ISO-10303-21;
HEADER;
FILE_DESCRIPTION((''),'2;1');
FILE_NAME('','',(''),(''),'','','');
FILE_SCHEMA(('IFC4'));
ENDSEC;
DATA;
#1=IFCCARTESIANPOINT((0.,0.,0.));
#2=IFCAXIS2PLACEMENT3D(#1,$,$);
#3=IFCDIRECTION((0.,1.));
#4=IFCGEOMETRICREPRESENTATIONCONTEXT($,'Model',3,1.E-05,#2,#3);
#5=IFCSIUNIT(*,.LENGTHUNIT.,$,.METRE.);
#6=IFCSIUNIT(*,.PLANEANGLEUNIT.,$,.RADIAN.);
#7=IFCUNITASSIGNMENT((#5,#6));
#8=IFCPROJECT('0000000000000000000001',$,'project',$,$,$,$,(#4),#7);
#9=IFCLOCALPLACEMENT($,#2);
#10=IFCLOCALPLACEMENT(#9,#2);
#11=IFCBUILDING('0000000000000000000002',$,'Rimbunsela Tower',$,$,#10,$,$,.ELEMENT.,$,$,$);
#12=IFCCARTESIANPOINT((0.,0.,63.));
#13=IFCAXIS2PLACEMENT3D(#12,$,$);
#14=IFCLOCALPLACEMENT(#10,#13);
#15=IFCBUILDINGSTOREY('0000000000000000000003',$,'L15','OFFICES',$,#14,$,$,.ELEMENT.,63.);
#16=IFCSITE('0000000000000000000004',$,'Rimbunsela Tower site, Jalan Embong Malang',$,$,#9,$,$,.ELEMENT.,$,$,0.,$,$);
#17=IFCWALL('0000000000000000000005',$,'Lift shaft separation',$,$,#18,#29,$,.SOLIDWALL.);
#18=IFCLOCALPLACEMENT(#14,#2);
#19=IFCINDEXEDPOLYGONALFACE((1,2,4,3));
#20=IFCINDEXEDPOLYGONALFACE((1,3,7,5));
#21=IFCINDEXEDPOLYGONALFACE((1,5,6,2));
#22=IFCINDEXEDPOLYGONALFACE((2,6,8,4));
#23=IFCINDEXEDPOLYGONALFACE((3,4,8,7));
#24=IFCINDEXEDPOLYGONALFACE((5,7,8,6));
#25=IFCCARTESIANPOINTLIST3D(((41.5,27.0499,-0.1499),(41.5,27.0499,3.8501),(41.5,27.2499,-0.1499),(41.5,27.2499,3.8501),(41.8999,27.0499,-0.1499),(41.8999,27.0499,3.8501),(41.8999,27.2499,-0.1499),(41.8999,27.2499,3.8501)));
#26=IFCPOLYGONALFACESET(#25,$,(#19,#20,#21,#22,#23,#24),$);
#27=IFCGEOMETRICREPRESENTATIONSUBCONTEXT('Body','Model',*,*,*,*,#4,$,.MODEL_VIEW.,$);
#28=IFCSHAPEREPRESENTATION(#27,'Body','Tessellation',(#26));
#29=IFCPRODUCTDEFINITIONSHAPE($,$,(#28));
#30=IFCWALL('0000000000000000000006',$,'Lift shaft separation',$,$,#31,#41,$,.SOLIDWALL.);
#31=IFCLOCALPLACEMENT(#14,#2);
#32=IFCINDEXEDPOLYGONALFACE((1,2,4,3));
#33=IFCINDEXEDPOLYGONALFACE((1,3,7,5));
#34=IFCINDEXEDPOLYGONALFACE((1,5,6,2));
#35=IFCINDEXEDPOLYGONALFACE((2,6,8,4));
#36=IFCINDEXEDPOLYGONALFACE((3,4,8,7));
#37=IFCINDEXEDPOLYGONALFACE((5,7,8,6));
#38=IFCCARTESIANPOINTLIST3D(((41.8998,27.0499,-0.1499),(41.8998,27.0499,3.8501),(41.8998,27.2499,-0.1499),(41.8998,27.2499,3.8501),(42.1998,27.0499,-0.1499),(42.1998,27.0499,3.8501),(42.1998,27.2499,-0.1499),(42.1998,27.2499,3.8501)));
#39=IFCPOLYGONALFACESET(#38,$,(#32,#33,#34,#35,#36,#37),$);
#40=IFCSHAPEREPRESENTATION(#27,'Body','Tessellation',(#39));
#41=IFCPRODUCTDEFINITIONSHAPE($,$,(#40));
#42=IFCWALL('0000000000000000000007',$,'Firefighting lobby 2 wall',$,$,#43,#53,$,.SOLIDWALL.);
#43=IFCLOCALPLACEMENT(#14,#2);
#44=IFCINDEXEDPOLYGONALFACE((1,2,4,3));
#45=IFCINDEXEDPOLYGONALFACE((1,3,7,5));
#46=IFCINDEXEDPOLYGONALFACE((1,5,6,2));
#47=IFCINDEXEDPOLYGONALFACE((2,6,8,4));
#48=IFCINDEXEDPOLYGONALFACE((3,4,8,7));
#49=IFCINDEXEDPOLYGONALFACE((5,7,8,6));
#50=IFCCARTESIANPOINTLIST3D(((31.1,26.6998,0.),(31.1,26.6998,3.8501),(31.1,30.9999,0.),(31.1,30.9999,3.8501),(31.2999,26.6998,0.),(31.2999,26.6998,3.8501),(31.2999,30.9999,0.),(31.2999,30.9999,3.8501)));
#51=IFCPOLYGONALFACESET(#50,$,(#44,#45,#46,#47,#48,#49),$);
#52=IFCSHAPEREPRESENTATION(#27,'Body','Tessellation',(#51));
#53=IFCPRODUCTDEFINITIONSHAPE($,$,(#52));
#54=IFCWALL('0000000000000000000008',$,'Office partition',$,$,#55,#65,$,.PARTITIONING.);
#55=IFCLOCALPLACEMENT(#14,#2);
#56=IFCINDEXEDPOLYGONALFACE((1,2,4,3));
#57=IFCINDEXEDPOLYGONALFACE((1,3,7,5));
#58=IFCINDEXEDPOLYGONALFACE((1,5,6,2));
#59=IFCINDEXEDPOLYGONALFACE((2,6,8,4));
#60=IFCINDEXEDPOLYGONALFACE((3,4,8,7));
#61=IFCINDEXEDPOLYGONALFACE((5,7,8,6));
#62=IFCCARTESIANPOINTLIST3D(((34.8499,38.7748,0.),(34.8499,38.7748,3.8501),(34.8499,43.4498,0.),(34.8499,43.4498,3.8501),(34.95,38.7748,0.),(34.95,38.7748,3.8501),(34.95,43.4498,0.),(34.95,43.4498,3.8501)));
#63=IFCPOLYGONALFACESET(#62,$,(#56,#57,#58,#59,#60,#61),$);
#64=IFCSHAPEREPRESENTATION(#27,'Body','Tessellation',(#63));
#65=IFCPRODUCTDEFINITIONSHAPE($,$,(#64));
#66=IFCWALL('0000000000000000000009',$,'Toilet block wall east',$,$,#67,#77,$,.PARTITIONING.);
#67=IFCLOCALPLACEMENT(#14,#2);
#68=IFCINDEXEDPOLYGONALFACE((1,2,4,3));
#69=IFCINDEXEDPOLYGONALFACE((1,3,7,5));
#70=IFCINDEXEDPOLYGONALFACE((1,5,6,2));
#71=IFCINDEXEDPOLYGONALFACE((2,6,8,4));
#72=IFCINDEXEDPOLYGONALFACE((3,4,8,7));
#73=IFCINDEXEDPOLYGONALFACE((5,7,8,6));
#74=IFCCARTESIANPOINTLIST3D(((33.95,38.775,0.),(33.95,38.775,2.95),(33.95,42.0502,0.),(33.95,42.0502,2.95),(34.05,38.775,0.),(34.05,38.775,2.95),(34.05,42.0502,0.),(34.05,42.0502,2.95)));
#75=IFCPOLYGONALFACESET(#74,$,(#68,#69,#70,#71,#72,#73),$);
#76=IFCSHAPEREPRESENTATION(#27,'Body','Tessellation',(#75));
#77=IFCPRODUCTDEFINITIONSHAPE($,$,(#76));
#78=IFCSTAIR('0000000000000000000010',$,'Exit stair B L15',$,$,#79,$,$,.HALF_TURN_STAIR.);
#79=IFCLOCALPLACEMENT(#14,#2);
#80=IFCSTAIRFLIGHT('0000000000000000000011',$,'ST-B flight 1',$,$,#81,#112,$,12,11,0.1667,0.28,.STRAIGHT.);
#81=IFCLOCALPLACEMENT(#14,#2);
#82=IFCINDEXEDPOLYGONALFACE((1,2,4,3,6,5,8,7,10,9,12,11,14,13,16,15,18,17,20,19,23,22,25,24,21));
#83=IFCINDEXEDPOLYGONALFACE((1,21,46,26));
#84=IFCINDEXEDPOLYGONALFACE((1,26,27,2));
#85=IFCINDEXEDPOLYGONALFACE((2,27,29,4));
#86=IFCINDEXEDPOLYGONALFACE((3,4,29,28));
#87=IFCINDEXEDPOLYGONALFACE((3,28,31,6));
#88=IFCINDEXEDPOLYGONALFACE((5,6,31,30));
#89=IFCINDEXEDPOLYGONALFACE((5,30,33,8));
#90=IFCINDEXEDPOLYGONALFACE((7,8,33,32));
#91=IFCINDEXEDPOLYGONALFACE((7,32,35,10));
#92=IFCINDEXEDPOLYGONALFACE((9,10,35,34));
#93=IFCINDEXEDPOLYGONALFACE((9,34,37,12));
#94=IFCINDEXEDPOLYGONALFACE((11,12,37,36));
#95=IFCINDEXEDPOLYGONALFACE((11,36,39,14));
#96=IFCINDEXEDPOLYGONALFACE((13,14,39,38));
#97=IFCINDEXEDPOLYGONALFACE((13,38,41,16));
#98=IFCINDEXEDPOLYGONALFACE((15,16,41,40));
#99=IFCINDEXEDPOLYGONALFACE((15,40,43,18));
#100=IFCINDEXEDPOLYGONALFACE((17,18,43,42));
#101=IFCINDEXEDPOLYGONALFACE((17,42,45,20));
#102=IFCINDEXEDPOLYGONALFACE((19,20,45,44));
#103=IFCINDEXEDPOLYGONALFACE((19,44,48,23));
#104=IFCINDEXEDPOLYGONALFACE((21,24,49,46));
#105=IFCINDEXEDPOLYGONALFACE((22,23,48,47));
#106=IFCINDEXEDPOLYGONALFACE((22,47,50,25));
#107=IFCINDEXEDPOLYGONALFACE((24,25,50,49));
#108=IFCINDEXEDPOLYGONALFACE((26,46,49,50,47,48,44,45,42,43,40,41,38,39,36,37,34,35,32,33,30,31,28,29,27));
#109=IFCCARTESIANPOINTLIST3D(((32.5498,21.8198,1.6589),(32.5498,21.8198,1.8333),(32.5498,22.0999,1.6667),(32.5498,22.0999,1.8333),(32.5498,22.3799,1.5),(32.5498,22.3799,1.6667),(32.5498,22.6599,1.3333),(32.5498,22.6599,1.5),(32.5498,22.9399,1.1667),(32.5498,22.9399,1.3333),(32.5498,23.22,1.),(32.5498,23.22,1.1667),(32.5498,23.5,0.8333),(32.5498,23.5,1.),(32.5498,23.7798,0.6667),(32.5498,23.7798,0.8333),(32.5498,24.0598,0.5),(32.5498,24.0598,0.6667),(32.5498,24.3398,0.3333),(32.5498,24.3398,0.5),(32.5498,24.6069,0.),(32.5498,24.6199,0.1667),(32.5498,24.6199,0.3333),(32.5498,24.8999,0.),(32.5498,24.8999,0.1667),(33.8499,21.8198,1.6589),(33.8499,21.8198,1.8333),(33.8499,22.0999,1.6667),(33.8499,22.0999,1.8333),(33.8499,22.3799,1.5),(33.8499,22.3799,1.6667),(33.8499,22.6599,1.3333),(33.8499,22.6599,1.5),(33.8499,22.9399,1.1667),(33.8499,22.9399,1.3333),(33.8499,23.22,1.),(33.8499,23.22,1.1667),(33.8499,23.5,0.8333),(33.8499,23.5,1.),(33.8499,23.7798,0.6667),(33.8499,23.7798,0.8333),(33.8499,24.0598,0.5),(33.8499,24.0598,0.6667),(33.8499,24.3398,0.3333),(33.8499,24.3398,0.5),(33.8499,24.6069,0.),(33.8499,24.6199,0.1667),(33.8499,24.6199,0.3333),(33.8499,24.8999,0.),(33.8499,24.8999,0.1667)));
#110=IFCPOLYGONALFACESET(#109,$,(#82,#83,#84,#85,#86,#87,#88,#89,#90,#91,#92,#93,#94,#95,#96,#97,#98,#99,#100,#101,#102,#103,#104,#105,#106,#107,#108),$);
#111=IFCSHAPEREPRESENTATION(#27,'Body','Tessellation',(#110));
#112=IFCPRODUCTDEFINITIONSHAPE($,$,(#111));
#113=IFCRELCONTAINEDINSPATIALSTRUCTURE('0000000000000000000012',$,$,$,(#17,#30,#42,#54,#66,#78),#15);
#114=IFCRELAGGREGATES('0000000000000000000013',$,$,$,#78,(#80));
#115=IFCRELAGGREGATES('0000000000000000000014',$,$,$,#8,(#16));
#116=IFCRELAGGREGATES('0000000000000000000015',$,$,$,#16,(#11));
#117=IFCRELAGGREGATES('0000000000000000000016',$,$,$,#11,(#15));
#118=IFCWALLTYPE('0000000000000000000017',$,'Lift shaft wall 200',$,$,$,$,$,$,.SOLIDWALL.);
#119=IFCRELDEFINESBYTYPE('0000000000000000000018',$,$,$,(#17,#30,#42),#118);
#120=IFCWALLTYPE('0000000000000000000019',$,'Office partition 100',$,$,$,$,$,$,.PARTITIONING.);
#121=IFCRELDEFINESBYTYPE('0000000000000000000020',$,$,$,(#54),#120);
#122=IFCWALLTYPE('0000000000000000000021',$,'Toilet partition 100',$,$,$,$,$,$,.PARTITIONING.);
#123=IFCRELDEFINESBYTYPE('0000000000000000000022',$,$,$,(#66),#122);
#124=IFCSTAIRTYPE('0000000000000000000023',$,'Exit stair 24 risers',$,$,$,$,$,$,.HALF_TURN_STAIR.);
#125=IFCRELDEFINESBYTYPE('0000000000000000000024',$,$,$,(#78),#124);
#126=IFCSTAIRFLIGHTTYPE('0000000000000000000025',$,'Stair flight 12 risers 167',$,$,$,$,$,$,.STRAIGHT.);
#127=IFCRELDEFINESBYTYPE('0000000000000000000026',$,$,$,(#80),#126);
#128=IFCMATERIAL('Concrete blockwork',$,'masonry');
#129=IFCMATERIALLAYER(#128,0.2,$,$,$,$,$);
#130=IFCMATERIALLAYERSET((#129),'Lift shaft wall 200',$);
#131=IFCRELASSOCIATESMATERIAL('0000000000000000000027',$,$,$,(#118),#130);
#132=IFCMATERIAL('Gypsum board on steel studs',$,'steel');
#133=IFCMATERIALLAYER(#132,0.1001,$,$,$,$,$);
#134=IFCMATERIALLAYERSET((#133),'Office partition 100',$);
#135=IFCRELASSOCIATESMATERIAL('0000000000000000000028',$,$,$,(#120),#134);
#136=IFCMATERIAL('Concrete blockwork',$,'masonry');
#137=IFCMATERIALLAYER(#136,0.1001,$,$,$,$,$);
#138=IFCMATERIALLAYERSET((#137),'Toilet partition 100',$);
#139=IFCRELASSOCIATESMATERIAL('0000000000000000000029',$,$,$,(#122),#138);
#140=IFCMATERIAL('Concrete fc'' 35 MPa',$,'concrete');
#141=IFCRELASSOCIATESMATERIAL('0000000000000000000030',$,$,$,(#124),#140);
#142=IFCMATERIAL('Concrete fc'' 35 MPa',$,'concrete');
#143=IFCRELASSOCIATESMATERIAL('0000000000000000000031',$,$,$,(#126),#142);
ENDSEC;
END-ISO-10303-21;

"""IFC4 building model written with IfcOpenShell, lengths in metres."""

from ifc_helpers import new_model, si_unit, direction, frame, frame_2d, origin, place, context, subcontext, project, spatial, polyline, rectangle, outline, extrude, material, layer, layer_set, type_object, element, aggregate, save


model = new_model("IFC4")

# Units and contexts
model_context = context("Model", 3, precision=1e-05, world=origin(), true_north=direction((0.0, 1.0)))
body_context = subcontext(model_context, "Body", "Model", "MODEL_VIEW")
ifc_project = project(units=[si_unit("LENGTHUNIT", "METRE"), si_unit("PLANEANGLEUNIT", "RADIAN")], contexts=[model_context])

# Site, building, storey
site_placement = place(None, origin())
site = spatial("IfcSite", under=ifc_project, at=site_placement, Name="Rimbunsela Tower site, Jalan Embong Malang", CompositionType="ELEMENT", RefElevation=0.0)
building_placement = place(site_placement, origin())
building = spatial("IfcBuilding", under=site, at=building_placement, Name="Rimbunsela Tower", CompositionType="ELEMENT")
storey_placement = place(building_placement, frame((0.0, 0.0, 63.0)))
storey = spatial("IfcBuildingStorey", under=building, at=storey_placement, Name="L15", Description="OFFICES", CompositionType="ELEMENT", Elevation=63.0)

# Walls
ifc_material_1 = material(Name="Concrete blockwork", Category="masonry")
ifc_layer_1 = layer(ifc_material_1, 0.2)
ifc_layer_set_1 = layer_set([ifc_layer_1], Name="Lift shaft wall 200")
wall_type_1 = type_object("IfcWallType", Name="Lift shaft wall 200", PredefinedType="SOLIDWALL", material=ifc_layer_set_1)
wall_1_placement = place(storey_placement, frame((41.5, 27.1499, -0.1499), z_axis=(0.0, 0.0, 1.0), x_axis=(1.0, 0.0, 0.0)))
element("IfcWall", 1, at=wall_1_placement, inside=storey, type_object=wall_type_1, Name="Lift shaft separation", PredefinedType="SOLIDWALL", context=body_context, shape_type="SweptSolid", body=[
    extrude(rectangle(XDim=0.3999, YDim=0.2, at=frame_2d((0.2, 0.0))), origin(), (0.0, 0.0, 1.0), 4.0),
])
wall_2_placement = place(storey_placement, frame((41.8999, 27.1499, -0.1499), z_axis=(0.0, 0.0, 1.0), x_axis=(1.0, 0.0, 0.0)))
element("IfcWall", 2, at=wall_2_placement, inside=storey, type_object=wall_type_1, Name="Lift shaft separation", PredefinedType="SOLIDWALL", context=body_context, shape_type="SweptSolid", body=[
    extrude(rectangle(XDim=0.3, YDim=0.2, at=frame_2d((0.1499, 0.0))), origin(), (0.0, 0.0, 1.0), 4.0),
])
wall_3_placement = place(storey_placement, frame((31.2, 26.7, 0.0), z_axis=(0.0, 0.0, 1.0), x_axis=(0.0, 1.0, 0.0)))
element("IfcWall", 3, at=wall_3_placement, inside=storey, type_object=wall_type_1, Name="Firefighting lobby 2 wall", PredefinedType="SOLIDWALL", context=body_context, shape_type="SweptSolid", body=[
    extrude(rectangle(XDim=4.3, YDim=0.2, at=frame_2d((2.1499, 0.0))), origin(), (0.0, 0.0, 1.0), 3.8501),
])
ifc_material_2 = material(Name="Gypsum board on steel studs", Category="steel")
ifc_layer_2 = layer(ifc_material_2, 0.1001)
ifc_layer_set_2 = layer_set([ifc_layer_2], Name="Office partition 100")
wall_type_2 = type_object("IfcWallType", Name="Office partition 100", PredefinedType="PARTITIONING", material=ifc_layer_set_2)
wall_4_placement = place(storey_placement, frame((34.8999, 38.7749, 0.0), z_axis=(0.0, 0.0, 1.0), x_axis=(0.0, 1.0, 0.0)))
element("IfcWall", 4, at=wall_4_placement, inside=storey, type_object=wall_type_2, Name="Office partition", PredefinedType="PARTITIONING", context=body_context, shape_type="SweptSolid", body=[
    extrude(rectangle(XDim=4.675, YDim=0.1001, at=frame_2d((2.3374, 0.0))), origin(), (0.0, 0.0, 1.0), 3.8501),
])
ifc_material_3 = material(Name="Concrete blockwork", Category="masonry")
ifc_layer_3 = layer(ifc_material_3, 0.1001)
ifc_layer_set_3 = layer_set([ifc_layer_3], Name="Toilet partition 100")
wall_type_3 = type_object("IfcWallType", Name="Toilet partition 100", PredefinedType="PARTITIONING", material=ifc_layer_set_3)
wall_5_placement = place(storey_placement, frame((34.0, 38.7749, 0.0), z_axis=(0.0, 0.0, 1.0), x_axis=(0.0, 1.0, 0.0)))
element("IfcWall", 5, at=wall_5_placement, inside=storey, type_object=wall_type_3, Name="Toilet block wall east", PredefinedType="PARTITIONING", context=body_context, shape_type="SweptSolid", body=[
    extrude(rectangle(XDim=3.2751, YDim=0.1001, at=frame_2d((1.6377, 0.0))), origin(), (0.0, 0.0, 1.0), 2.95),
])

# Stair, stair flight
ifc_material_4 = material(Name="Concrete fc' 35 MPa", Category="concrete")
stair_type = type_object("IfcStairType", Name="Exit stair 24 risers", PredefinedType="HALF_TURN_STAIR", material=ifc_material_4)
stair_placement = place(storey_placement, origin())
stair = element("IfcStair", 6, at=stair_placement, inside=storey, type_object=stair_type, Name="Exit stair B L15", PredefinedType="HALF_TURN_STAIR")
ifc_material_5 = material(Name="Concrete fc' 35 MPa", Category="concrete")
stair_flight_type = type_object("IfcStairFlightType", Name="Stair flight 12 risers 167", PredefinedType="STRAIGHT", material=ifc_material_5)
stair_flight_placement = place(storey_placement, frame((33.2, 24.8999, 0.0), z_axis=(0.0, 0.0, 1.0), x_axis=(0.0, -1.0, 0.0)))
stair_flight = element("IfcStairFlight", 7, at=stair_flight_placement, type_object=stair_flight_type, Name="ST-B flight 1", NumberOfRisers=12, NumberOfTreads=11, PredefinedType="STRAIGHT", RiserHeight=0.1667, TreadLength=0.28, context=body_context, shape_type="SweptSolid", body=[
    extrude(outline(polyline([(0.0, 0.0), (0.0, 0.1667), (0.28, 0.1667), (0.28, 0.3333), (0.5601, 0.3333), (0.5601, 0.5), (0.8401, 0.5), (0.8401, 0.6667), (1.1201, 0.6667), (1.1201, 0.8333), (1.3999, 0.8333), (1.3999, 1.0), (1.6799, 1.0), (1.6799, 1.1667), (1.96, 1.1667), (1.96, 1.3333), (2.24, 1.3333), (2.24, 1.5), (2.52, 1.5), (2.52, 1.6667), (2.8, 1.6667), (2.8, 1.8333), (3.0801, 1.8333), (3.0801, 2.0), (3.0801, 1.6589), (0.293, 0.0), (0.0, 0.0)])), frame((0.0, 0.6499, 0.0), z_axis=(0.0, -1.0, 0.0), x_axis=(1.0, 0.0, 0.0)), (0.0, 0.0, 1.0), 1.3),
])
aggregate(stair, [stair_flight])

save(model, "model.ifc")
